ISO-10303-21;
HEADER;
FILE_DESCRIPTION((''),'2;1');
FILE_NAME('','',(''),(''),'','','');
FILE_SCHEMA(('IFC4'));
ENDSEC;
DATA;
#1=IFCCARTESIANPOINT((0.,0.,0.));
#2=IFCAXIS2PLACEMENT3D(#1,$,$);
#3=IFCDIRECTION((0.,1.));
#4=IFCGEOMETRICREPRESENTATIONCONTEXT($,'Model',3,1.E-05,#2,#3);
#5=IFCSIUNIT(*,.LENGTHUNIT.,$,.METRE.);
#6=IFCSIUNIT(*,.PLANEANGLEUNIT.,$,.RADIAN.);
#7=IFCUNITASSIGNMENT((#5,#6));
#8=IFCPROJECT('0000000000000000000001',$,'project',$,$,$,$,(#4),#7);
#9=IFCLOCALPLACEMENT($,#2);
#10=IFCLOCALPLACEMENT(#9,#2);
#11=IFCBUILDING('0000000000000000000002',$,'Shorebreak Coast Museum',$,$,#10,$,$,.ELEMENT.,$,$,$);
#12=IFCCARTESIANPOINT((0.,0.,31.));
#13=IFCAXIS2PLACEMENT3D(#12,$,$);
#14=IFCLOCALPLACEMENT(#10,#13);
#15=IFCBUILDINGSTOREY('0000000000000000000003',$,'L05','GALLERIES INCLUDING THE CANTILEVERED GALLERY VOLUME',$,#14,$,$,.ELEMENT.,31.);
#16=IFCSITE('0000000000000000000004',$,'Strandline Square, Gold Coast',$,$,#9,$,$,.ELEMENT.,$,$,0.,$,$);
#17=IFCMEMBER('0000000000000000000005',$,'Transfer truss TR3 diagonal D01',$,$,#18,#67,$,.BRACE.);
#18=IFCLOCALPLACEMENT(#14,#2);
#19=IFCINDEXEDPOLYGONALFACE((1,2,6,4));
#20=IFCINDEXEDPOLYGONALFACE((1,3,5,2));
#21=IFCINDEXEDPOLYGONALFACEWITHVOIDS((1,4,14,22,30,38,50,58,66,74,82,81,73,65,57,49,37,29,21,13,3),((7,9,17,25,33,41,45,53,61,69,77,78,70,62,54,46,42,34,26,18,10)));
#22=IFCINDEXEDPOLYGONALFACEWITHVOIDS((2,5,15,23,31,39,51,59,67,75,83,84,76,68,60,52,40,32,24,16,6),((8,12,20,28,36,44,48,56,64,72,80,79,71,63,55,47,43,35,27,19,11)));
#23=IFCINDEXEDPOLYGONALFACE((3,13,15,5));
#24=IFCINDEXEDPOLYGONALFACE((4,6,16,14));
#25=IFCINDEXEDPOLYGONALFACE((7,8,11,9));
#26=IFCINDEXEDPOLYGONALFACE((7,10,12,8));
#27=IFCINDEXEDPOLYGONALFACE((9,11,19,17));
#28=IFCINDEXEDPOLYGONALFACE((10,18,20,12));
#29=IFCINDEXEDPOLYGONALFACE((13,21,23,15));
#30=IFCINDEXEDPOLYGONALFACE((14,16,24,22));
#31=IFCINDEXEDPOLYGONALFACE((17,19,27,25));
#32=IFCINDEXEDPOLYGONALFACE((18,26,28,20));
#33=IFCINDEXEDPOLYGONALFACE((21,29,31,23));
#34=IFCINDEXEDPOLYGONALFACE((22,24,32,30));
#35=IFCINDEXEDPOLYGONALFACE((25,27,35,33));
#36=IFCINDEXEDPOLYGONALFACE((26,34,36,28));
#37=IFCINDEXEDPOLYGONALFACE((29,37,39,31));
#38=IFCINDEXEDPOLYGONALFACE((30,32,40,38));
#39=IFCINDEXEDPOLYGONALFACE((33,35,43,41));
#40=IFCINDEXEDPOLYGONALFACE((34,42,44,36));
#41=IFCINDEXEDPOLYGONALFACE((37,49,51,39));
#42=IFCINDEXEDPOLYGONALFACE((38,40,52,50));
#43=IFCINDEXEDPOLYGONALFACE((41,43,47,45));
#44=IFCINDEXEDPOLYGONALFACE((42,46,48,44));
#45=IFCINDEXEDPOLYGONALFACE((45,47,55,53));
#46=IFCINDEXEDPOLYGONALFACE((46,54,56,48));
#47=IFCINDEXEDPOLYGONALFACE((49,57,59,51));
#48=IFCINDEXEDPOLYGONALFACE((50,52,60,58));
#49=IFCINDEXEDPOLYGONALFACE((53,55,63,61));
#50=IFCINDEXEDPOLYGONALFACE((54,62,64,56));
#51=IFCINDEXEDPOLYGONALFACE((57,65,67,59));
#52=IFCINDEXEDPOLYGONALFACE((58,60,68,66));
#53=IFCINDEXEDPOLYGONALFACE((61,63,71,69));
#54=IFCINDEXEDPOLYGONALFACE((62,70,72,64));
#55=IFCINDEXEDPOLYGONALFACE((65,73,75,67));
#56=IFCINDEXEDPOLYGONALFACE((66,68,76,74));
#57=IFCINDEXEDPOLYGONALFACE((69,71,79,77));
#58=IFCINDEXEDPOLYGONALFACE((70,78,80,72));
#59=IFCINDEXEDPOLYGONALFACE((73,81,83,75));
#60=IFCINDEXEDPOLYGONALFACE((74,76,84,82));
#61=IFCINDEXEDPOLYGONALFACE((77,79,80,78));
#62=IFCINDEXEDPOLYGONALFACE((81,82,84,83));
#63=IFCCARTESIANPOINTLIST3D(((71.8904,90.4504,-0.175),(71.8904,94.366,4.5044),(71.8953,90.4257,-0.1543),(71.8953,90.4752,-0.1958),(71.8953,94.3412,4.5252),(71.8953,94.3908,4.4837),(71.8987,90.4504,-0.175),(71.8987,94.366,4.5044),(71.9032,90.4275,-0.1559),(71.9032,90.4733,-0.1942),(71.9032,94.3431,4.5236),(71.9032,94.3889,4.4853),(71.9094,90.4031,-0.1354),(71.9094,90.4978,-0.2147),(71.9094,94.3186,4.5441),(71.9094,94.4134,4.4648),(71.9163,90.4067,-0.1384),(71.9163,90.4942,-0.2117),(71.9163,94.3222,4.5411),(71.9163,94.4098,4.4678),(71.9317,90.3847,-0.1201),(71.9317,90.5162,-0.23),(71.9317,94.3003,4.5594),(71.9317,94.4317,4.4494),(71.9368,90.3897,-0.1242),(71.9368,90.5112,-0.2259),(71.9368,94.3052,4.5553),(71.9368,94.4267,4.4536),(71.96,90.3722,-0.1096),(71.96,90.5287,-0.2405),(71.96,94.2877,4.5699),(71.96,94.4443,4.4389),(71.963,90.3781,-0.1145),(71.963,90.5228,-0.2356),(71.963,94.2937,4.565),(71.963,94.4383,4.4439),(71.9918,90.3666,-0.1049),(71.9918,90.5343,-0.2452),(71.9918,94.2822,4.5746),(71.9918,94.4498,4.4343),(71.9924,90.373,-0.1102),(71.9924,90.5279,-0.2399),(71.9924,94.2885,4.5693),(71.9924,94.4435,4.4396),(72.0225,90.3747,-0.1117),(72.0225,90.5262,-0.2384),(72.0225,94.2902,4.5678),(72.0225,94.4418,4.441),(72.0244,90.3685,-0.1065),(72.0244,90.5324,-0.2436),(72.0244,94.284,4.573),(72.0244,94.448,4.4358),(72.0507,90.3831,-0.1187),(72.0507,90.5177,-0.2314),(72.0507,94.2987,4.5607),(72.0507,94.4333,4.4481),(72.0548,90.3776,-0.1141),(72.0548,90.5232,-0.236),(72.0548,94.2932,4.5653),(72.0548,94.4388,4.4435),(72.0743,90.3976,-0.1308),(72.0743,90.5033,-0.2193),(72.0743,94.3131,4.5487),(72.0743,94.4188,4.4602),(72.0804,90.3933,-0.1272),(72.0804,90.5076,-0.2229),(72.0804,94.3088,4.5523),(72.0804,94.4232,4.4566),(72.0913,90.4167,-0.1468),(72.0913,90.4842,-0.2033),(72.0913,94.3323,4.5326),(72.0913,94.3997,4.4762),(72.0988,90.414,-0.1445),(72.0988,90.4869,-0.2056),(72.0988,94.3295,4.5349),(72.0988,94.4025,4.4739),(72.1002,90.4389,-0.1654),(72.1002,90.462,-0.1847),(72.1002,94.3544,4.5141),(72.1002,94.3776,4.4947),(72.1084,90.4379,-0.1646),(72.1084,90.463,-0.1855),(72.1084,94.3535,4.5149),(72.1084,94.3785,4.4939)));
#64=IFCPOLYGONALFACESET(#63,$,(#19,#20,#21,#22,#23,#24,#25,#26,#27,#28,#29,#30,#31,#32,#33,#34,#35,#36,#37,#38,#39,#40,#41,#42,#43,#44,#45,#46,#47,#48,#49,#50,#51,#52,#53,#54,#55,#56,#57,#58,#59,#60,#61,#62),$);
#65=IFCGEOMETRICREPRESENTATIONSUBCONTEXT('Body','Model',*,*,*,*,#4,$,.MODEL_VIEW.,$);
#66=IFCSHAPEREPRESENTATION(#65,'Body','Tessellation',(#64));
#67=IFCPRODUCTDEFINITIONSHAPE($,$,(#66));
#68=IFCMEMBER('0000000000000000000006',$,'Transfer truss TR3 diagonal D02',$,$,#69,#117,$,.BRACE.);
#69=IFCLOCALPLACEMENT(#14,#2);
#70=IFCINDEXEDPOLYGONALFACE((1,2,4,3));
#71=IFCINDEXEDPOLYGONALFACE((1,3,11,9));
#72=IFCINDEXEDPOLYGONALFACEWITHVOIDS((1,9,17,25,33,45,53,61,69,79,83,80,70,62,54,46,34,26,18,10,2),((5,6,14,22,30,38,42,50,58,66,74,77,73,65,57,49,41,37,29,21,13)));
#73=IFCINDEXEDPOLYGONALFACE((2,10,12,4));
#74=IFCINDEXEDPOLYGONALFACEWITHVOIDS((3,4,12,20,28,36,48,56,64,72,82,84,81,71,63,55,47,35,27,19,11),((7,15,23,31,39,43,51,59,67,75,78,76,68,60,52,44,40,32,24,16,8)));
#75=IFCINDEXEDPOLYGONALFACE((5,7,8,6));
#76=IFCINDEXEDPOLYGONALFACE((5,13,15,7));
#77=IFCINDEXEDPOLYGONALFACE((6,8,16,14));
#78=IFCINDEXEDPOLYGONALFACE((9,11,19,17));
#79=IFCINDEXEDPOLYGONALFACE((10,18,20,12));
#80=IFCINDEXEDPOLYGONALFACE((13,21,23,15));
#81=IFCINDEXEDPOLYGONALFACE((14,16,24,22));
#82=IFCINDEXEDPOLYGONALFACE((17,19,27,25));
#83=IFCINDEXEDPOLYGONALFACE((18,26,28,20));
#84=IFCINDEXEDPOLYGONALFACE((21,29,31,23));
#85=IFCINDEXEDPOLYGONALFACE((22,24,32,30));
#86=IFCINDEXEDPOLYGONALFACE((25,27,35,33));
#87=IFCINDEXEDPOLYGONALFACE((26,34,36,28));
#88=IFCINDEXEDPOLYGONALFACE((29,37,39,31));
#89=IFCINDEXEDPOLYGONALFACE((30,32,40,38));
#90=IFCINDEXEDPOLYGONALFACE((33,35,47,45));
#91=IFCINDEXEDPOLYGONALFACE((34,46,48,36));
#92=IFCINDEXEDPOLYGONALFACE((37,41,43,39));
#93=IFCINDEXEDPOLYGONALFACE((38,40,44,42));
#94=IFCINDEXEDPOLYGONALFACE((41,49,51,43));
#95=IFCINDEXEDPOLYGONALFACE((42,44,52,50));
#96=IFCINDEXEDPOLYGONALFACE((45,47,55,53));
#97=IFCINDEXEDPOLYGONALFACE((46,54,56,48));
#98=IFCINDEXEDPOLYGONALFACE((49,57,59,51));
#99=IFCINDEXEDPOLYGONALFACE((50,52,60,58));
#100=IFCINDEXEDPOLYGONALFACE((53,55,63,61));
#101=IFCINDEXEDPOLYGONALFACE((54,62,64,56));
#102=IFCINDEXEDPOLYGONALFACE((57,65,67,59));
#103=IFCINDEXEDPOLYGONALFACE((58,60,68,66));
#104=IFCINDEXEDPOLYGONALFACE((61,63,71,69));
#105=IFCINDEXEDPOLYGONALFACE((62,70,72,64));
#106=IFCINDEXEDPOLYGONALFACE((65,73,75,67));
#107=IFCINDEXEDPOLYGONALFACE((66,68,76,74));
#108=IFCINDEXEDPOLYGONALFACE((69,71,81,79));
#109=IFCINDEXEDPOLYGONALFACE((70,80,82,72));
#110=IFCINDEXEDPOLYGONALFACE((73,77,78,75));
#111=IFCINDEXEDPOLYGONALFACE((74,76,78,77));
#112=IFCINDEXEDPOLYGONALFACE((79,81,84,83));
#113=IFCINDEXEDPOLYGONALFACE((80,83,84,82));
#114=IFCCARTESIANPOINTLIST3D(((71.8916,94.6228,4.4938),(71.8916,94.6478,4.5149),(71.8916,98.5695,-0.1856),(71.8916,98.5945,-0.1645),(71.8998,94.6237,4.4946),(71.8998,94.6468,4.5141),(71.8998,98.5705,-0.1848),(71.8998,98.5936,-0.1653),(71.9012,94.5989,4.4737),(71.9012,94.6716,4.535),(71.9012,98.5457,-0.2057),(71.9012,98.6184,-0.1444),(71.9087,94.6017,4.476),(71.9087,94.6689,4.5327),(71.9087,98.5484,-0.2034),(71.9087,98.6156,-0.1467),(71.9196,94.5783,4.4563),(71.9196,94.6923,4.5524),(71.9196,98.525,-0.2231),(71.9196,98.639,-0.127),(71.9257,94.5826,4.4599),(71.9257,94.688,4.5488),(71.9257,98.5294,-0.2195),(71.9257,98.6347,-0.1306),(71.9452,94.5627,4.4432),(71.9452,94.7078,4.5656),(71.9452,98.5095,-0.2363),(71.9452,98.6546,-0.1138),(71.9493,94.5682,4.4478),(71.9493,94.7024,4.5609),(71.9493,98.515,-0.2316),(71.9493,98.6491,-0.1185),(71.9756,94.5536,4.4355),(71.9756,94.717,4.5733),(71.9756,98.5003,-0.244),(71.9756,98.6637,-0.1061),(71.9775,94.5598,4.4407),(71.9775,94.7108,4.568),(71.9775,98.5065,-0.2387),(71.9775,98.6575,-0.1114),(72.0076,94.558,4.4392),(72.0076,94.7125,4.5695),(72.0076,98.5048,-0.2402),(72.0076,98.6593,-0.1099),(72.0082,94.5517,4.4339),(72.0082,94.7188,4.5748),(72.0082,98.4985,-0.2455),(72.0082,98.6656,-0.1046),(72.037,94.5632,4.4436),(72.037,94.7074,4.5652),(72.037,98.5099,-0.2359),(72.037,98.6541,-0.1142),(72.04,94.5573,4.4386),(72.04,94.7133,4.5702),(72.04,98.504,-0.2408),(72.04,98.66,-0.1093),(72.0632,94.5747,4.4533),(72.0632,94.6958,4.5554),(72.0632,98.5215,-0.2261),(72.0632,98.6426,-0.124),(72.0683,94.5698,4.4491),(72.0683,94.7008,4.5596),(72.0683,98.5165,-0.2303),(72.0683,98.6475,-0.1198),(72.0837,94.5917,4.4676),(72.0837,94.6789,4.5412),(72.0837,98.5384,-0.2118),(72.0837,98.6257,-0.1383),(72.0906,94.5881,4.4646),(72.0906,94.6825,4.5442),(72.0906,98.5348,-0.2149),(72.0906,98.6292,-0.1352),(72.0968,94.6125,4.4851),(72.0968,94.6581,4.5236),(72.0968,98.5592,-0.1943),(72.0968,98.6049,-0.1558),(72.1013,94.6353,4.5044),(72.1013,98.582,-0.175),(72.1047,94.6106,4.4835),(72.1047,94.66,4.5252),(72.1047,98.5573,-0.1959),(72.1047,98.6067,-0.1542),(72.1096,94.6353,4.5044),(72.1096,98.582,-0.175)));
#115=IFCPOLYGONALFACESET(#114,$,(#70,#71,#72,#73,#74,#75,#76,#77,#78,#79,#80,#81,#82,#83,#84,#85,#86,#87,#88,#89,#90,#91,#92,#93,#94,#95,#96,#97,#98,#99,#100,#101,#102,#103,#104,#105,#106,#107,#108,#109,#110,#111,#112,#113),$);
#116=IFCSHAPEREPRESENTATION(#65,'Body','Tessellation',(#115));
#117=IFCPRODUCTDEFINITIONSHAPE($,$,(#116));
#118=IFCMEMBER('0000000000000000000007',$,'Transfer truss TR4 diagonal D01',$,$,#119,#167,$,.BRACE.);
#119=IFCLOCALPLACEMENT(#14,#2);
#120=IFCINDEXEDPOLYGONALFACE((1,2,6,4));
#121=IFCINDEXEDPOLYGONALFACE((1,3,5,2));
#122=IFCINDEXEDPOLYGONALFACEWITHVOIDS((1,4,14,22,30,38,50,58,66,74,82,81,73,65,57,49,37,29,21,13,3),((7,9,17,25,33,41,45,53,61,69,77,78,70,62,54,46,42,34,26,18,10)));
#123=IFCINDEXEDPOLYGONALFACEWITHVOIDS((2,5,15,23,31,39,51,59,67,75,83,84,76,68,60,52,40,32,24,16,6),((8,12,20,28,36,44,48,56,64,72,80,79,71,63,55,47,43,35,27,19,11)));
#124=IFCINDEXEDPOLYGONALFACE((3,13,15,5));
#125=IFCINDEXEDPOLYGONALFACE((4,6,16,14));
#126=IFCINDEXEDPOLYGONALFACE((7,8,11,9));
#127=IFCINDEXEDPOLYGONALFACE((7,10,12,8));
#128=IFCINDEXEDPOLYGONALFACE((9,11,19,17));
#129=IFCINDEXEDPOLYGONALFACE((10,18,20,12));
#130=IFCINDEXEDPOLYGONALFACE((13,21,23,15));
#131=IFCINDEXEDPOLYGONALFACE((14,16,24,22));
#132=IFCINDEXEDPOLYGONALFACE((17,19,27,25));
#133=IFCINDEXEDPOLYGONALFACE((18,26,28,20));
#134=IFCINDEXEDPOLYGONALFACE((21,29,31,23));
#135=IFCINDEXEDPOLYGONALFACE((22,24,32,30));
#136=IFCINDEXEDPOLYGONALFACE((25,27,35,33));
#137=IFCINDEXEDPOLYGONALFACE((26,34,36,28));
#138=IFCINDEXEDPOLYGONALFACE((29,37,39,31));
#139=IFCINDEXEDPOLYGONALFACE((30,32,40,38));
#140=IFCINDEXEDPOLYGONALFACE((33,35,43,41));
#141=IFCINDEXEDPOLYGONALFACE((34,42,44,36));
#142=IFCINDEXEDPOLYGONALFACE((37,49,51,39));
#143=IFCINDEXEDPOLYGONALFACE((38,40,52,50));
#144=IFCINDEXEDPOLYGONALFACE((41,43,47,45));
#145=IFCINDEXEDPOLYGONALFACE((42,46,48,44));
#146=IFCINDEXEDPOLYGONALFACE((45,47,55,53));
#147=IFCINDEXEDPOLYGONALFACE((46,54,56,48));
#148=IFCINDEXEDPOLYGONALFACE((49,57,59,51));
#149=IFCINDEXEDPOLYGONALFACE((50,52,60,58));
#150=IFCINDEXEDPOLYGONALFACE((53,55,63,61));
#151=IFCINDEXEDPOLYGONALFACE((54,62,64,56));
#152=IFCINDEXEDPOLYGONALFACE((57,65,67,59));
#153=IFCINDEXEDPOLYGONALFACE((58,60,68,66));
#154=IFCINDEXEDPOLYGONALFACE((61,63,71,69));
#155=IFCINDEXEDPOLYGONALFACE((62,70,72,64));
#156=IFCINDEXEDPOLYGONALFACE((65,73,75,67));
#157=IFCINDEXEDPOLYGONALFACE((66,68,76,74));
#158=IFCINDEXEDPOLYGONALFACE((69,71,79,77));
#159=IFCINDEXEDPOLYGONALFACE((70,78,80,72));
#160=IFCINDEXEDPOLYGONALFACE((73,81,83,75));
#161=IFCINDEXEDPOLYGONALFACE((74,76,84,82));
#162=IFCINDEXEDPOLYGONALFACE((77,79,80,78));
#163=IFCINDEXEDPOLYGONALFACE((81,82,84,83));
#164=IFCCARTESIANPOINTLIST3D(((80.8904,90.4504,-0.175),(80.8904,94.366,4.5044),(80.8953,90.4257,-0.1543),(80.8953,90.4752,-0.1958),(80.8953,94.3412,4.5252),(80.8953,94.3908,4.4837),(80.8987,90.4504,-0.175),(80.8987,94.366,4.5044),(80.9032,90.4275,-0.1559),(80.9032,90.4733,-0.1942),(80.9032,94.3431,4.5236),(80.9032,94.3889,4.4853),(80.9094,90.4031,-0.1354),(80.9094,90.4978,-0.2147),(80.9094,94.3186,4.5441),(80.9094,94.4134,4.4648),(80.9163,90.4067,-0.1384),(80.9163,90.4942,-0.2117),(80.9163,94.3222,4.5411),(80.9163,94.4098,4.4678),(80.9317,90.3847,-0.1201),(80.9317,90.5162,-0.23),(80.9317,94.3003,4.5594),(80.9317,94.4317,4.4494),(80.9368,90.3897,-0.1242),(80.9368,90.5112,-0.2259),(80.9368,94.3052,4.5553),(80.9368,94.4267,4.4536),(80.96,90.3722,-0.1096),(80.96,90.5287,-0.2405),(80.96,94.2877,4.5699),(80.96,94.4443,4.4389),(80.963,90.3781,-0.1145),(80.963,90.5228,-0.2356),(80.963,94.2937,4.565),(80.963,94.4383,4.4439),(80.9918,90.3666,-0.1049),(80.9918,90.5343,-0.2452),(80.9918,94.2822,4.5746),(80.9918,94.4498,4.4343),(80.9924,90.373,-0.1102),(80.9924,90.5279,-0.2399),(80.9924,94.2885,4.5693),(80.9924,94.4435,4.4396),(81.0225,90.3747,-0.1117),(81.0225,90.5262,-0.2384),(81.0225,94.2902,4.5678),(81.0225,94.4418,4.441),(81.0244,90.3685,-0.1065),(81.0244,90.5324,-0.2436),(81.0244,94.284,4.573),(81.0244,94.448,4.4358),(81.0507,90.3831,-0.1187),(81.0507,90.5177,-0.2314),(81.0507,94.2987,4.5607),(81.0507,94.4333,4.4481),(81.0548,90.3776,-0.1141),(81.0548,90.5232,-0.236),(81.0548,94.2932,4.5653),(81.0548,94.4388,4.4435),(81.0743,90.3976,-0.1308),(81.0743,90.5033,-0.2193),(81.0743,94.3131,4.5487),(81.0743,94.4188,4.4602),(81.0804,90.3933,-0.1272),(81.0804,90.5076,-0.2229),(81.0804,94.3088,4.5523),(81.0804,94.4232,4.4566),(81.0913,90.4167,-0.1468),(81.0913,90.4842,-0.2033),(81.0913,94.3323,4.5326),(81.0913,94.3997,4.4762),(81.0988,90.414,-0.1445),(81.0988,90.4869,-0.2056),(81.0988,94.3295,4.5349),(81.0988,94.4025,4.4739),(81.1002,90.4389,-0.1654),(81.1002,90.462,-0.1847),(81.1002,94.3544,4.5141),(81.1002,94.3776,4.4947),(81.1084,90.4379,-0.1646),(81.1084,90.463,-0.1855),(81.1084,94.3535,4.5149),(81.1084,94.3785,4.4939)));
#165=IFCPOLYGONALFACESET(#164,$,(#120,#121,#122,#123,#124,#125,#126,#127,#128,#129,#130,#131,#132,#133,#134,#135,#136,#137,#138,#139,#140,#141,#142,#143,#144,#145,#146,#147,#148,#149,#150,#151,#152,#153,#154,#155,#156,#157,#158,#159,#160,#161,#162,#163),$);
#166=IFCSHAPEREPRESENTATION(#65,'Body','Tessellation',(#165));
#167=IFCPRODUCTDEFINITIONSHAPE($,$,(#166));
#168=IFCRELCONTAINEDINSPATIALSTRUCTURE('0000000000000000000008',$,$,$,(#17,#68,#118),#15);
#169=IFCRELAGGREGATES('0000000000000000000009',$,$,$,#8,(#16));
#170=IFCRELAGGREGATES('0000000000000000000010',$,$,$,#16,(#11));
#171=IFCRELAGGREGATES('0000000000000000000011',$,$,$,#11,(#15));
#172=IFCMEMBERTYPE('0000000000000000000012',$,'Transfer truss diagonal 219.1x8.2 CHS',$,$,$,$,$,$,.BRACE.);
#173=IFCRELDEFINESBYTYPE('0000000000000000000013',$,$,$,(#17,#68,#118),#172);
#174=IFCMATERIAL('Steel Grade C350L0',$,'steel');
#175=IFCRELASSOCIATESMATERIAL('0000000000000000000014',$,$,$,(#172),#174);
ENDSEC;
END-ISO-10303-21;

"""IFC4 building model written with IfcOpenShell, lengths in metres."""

from ifc_helpers import new_model, si_unit, direction, frame, origin, origin_2d, place, context, subcontext, project, spatial, hollow_circle, extrude, material, material_profile, profile_set, type_object, element, save


model = new_model("IFC4")

# Units and contexts
model_context = context("Model", 3, precision=1e-05, world=origin(), true_north=direction((0.0, 1.0)))
body_context = subcontext(model_context, "Body", "Model", "MODEL_VIEW")
ifc_project = project(units=[si_unit("LENGTHUNIT", "METRE"), si_unit("PLANEANGLEUNIT", "RADIAN")], contexts=[model_context])

# Site, building, storey
site_placement = place(None, origin())
site = spatial("IfcSite", under=ifc_project, at=site_placement, Name="Strandline Square, Gold Coast", CompositionType="ELEMENT", RefElevation=0.0)
building_placement = place(site_placement, origin())
building = spatial("IfcBuilding", under=site, at=building_placement, Name="Shorebreak Coast Museum", CompositionType="ELEMENT")
storey_placement = place(building_placement, frame((0.0, 0.0, 31.0)))
storey = spatial("IfcBuildingStorey", under=building, at=storey_placement, Name="L05", Description="GALLERIES INCLUDING THE CANTILEVERED GALLERY VOLUME", CompositionType="ELEMENT", Elevation=31.0)

# Members
ifc_material_1 = material(Name="Steel Grade C350L0", Category="steel")
ifc_material_profile_1 = material_profile(ifc_material_1, hollow_circle(Radius=0.1096, WallThickness=0.0083, at=origin_2d()), Name="219.1x8.2 CHS")
ifc_profile_set_1 = profile_set([ifc_material_profile_1], Name="Steel Grade C350L0")
member_type_1 = type_object("IfcMemberType", Name="Transfer truss diagonal 219.1x8.2 CHS", PredefinedType="BRACE", material=ifc_profile_set_1)
member_1_placement = place(storey_placement, frame((72.0, 90.4504, -0.175), z_axis=(0.0, 0.64173, 0.766931), x_axis=(-1.0, 0.0, 0.0)))
element("IfcMember", 1, at=member_1_placement, inside=storey, type_object=member_type_1, Name="Transfer truss TR3 diagonal D01", PredefinedType="BRACE", context=body_context, shape_type="SweptSolid", body=[
    extrude(hollow_circle(Radius=0.1096, WallThickness=0.0083, at=origin_2d()), origin(), (0.0, 0.0, 1.0), 6.1016),
])
member_2_placement = place(storey_placement, frame((72.0, 98.582, -0.175), z_axis=(0.0, -0.644728, 0.764412), x_axis=(1.0, 0.0, 0.0)))
element("IfcMember", 2, at=member_2_placement, inside=storey, type_object=member_type_1, Name="Transfer truss TR3 diagonal D02", PredefinedType="BRACE", context=body_context, shape_type="SweptSolid", body=[
    extrude(hollow_circle(Radius=0.1096, WallThickness=0.0083, at=origin_2d()), origin(), (0.0, 0.0, 1.0), 6.1216),
])
member_3_placement = place(storey_placement, frame((81.0, 90.4504, -0.175), z_axis=(0.0, 0.64173, 0.766931), x_axis=(-1.0, 0.0, 0.0)))
element("IfcMember", 3, at=member_3_placement, inside=storey, type_object=member_type_1, Name="Transfer truss TR4 diagonal D01", PredefinedType="BRACE", context=body_context, shape_type="SweptSolid", body=[
    extrude(hollow_circle(Radius=0.1096, WallThickness=0.0083, at=origin_2d()), origin(), (0.0, 0.0, 1.0), 6.1016),
])

save(model, "model.ifc")
